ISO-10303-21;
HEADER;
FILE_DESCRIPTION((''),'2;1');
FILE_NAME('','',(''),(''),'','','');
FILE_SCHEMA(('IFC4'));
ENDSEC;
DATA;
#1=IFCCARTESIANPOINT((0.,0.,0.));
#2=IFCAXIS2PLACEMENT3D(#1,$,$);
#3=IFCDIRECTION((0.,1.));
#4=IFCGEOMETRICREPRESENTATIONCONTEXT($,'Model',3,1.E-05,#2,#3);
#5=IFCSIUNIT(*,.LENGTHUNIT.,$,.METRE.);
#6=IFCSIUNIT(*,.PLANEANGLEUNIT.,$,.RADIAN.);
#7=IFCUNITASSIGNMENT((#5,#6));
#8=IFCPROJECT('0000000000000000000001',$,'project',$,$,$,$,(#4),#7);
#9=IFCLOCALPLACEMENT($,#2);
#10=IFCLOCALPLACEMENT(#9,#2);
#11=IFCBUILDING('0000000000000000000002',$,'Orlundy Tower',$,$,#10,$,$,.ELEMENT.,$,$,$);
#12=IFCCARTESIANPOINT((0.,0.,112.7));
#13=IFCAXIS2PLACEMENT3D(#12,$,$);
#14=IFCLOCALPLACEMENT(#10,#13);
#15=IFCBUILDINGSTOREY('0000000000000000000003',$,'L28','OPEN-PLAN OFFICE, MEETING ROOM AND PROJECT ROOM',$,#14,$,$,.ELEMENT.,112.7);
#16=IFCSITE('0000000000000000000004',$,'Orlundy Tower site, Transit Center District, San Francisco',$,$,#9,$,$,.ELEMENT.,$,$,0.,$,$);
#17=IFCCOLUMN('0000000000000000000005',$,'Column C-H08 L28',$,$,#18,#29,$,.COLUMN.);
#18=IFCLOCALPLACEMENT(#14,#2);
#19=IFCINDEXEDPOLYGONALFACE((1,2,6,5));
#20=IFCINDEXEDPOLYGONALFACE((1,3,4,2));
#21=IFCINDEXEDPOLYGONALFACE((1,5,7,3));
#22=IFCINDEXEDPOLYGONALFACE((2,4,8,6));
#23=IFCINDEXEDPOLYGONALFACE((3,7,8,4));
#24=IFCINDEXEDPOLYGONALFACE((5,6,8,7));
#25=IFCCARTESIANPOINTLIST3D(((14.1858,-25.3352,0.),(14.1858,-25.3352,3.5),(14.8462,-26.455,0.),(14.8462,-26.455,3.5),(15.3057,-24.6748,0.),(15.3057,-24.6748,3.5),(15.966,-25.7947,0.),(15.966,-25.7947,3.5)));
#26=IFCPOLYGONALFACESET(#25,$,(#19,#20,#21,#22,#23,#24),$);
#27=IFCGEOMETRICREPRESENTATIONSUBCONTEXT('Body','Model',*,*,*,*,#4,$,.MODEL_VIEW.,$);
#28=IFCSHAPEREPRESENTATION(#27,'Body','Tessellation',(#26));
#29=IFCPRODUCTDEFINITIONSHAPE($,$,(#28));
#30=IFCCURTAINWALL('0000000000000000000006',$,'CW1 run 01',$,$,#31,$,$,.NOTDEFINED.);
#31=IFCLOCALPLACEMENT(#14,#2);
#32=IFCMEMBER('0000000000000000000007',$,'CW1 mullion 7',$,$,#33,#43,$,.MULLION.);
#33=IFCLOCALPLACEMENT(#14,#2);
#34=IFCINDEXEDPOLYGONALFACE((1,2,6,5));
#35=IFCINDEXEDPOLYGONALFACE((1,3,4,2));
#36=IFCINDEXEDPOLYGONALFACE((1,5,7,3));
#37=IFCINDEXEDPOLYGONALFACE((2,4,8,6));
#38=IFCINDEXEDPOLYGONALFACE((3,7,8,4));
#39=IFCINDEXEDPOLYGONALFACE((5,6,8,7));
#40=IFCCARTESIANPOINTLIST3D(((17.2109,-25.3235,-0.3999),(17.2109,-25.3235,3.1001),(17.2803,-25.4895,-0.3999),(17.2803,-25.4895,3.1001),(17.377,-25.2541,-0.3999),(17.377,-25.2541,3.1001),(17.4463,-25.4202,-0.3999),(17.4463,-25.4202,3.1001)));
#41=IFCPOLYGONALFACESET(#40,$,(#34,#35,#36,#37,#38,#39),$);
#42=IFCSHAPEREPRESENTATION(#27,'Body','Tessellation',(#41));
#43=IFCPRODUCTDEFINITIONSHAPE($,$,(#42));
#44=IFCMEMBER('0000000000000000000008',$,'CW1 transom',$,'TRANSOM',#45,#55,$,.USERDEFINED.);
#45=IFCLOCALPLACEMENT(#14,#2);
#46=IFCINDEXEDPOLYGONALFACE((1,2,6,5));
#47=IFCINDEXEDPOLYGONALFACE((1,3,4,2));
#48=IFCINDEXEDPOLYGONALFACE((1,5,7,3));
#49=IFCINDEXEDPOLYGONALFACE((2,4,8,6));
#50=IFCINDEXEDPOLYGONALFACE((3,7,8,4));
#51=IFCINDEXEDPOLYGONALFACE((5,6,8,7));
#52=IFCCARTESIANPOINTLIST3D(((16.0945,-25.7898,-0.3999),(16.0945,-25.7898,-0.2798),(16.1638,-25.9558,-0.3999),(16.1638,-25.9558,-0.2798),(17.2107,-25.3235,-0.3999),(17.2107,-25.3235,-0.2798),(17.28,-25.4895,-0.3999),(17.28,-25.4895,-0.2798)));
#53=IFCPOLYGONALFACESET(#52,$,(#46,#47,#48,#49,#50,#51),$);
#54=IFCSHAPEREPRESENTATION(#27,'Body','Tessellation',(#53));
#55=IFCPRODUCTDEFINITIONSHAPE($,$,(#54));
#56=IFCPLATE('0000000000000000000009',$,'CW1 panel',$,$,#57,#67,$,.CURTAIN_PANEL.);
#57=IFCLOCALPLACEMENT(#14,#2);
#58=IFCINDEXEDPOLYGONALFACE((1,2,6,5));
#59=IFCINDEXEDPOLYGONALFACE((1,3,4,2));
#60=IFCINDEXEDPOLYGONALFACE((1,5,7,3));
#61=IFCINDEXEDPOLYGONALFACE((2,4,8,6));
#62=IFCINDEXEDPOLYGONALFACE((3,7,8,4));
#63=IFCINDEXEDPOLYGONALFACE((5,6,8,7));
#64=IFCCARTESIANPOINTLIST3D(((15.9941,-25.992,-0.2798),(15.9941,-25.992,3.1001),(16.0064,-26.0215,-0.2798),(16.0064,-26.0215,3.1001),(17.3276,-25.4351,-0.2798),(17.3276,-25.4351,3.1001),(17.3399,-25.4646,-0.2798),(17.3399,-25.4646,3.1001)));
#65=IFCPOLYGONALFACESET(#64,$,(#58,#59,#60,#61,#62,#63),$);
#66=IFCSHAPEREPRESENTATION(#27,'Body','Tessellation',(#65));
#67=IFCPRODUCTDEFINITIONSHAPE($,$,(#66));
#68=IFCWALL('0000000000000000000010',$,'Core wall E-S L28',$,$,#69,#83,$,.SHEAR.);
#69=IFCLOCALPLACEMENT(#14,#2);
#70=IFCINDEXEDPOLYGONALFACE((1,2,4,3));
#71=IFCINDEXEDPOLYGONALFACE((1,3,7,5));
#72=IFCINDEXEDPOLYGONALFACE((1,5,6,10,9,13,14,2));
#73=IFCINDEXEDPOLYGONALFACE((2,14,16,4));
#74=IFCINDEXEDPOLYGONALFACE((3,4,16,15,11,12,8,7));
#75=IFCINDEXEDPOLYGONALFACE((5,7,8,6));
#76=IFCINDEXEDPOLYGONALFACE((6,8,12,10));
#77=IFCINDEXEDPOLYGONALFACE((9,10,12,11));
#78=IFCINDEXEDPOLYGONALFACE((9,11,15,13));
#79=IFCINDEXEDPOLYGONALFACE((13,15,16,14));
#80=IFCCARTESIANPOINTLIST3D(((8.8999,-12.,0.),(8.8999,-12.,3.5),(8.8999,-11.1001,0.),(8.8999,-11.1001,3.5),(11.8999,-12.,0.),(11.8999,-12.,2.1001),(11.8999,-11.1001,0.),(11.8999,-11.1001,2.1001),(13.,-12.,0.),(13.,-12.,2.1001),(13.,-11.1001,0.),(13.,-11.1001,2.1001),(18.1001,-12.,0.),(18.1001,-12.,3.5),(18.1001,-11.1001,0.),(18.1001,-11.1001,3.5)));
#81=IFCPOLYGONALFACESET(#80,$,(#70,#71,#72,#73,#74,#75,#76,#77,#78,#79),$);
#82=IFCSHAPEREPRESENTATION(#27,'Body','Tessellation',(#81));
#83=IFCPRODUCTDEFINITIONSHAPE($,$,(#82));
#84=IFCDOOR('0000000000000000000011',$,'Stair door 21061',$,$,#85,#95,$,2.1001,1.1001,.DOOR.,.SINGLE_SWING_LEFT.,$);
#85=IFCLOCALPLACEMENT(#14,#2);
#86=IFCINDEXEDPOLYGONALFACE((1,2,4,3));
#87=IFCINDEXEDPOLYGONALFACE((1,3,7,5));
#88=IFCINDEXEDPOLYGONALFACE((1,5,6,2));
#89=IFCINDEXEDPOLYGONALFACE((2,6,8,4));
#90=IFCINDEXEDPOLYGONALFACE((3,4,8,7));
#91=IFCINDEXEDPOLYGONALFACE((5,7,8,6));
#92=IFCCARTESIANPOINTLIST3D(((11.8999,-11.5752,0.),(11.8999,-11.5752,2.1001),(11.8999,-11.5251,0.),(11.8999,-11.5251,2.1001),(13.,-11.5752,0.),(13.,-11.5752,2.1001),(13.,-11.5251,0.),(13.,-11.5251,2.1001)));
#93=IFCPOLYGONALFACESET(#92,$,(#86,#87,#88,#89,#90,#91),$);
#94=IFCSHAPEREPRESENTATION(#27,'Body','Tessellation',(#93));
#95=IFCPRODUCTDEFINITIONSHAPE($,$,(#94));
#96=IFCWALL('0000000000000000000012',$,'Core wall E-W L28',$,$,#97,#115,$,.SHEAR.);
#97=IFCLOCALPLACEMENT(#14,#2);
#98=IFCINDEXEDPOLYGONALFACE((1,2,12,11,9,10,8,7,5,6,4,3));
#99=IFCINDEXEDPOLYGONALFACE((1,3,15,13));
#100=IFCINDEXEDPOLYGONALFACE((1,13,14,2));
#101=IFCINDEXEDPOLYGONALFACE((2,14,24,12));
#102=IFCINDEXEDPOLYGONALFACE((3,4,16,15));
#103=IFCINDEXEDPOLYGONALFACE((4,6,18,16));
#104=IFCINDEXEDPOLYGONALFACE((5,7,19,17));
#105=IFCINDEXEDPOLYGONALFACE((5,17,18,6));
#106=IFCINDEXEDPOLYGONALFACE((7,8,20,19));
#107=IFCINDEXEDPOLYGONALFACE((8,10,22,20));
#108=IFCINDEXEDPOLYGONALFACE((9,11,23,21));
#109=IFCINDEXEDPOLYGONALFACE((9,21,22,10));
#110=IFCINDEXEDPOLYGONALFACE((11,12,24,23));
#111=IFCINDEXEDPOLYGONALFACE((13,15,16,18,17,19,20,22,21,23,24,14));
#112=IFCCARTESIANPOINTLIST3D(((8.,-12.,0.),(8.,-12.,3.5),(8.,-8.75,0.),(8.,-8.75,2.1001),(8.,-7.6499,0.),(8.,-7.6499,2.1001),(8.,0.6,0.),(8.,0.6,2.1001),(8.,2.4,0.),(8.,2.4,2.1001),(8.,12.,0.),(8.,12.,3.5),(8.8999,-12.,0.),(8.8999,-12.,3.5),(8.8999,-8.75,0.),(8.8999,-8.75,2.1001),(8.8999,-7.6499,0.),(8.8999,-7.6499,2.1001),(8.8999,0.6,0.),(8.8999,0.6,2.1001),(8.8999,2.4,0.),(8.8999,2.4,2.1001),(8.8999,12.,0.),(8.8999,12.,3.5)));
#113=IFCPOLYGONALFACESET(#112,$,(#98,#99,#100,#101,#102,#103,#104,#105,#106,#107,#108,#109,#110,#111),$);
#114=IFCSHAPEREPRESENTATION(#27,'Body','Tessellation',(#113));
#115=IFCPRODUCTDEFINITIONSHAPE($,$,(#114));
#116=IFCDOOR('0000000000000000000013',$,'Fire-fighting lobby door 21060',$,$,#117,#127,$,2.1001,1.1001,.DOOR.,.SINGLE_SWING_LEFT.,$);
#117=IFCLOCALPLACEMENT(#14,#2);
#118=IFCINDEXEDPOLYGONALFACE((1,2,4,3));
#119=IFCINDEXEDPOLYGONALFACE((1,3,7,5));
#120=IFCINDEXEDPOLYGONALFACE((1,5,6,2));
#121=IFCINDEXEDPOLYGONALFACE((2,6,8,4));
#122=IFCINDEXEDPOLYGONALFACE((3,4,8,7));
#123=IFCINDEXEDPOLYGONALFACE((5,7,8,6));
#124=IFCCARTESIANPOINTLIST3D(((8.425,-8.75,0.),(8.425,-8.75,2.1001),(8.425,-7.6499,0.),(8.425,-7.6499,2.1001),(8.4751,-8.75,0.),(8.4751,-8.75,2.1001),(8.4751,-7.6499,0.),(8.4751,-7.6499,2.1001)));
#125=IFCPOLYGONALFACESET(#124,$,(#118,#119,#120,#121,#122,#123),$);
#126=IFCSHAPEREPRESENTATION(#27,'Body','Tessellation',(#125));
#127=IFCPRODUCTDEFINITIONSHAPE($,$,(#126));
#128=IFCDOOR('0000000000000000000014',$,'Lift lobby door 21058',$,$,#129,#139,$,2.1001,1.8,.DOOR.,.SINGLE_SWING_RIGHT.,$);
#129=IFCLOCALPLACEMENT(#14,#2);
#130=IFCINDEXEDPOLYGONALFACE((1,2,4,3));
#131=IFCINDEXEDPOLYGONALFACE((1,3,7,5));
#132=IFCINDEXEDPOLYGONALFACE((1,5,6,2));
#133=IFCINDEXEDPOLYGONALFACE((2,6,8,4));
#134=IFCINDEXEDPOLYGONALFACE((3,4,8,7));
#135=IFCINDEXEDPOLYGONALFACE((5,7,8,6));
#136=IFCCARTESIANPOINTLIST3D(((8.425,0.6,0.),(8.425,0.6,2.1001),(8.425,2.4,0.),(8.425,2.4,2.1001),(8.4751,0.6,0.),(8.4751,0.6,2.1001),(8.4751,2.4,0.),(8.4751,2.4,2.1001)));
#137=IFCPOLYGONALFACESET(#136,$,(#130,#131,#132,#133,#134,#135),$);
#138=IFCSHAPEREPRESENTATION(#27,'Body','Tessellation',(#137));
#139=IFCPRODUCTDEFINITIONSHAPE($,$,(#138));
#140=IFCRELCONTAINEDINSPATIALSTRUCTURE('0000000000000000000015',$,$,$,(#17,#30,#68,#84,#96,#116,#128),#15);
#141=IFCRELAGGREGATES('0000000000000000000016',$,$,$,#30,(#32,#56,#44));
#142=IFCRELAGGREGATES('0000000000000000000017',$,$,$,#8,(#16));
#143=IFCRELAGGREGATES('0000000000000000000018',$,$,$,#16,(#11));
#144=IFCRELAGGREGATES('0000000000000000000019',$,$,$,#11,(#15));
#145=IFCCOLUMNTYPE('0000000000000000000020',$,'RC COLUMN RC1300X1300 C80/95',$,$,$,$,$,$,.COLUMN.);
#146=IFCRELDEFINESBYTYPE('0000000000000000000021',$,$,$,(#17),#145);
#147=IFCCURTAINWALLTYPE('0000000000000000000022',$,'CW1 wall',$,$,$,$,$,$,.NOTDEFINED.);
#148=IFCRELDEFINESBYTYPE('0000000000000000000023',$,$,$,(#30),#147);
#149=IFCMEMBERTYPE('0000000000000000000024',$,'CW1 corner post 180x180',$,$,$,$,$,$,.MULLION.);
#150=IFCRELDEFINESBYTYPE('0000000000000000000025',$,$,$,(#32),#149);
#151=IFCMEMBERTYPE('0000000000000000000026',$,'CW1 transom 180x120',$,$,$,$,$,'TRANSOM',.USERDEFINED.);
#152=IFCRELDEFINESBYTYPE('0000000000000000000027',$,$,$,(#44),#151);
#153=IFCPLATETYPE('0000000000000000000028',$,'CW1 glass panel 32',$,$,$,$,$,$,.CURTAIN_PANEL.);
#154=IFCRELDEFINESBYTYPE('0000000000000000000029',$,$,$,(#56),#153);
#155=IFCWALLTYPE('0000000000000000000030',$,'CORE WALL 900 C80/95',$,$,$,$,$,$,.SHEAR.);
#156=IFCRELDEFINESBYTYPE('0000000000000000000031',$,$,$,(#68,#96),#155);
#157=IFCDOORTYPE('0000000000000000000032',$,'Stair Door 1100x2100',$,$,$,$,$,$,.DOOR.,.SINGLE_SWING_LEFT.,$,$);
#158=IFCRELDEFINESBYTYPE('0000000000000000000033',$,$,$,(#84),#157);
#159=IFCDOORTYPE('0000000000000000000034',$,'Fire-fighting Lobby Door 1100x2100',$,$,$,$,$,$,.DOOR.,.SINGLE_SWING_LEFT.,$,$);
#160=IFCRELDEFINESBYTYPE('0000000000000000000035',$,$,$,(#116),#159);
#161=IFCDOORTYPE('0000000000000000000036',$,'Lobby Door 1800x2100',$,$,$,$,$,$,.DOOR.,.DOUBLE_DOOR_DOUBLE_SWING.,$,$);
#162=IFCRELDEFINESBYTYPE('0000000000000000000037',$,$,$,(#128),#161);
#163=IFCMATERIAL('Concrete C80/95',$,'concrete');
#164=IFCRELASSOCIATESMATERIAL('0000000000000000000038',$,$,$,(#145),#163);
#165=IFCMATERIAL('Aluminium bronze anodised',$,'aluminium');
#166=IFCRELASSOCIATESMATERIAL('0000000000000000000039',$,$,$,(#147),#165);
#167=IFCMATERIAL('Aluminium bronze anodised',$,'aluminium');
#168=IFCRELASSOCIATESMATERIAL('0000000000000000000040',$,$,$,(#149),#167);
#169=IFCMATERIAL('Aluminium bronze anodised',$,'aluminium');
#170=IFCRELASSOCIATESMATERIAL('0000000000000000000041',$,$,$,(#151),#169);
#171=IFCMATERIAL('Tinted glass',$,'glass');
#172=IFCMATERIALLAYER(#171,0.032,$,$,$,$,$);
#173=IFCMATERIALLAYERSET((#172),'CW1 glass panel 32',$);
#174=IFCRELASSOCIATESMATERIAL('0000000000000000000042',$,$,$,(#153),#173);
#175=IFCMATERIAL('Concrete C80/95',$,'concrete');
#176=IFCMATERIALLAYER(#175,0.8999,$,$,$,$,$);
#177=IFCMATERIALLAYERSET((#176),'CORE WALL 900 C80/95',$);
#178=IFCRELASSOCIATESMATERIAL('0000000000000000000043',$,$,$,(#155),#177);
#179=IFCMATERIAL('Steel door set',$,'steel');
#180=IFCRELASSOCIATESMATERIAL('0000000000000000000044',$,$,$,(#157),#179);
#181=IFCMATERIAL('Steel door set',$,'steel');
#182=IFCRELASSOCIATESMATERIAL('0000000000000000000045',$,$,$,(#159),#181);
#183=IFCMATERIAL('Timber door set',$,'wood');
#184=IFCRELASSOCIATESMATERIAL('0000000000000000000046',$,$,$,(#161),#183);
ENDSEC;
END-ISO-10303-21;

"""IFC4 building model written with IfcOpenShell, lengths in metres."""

from ifc_helpers import new_model, si_unit, direction, frame, frame_2d, origin, origin_2d, place, context, subcontext, project, spatial, rectangle, extrude, material, layer, layer_set, material_profile, profile_set, type_object, element, fill, aggregate, save


model = new_model("IFC4")

# Units and contexts
model_context = context("Model", 3, precision=1e-05, world=origin(), true_north=direction((0.0, 1.0)))
body_context = subcontext(model_context, "Body", "Model", "MODEL_VIEW")
ifc_project = project(units=[si_unit("LENGTHUNIT", "METRE"), si_unit("PLANEANGLEUNIT", "RADIAN")], contexts=[model_context])

# Site, building, storey
site_placement = place(None, origin())
site = spatial("IfcSite", under=ifc_project, at=site_placement, Name="Orlundy Tower site, Transit Center District, San Francisco", CompositionType="ELEMENT", RefElevation=0.0)
building_placement = place(site_placement, origin())
building = spatial("IfcBuilding", under=site, at=building_placement, Name="Orlundy Tower", CompositionType="ELEMENT")
storey_placement = place(building_placement, frame((0.0, 0.0, 112.7)))
storey = spatial("IfcBuildingStorey", under=building, at=storey_placement, Name="L28", Description="OPEN-PLAN OFFICE, MEETING ROOM AND PROJECT ROOM", CompositionType="ELEMENT", Elevation=112.7)

# Column
ifc_material_1 = material(Name="Concrete C80/95", Category="concrete")
ifc_material_profile_1 = material_profile(ifc_material_1, rectangle(XDim=1.3, YDim=1.3, at=origin_2d()), Name="RC1300X1300")
ifc_profile_set_1 = profile_set([ifc_material_profile_1], Name="Concrete C80/95")
column_type = type_object("IfcColumnType", Name="RC COLUMN RC1300X1300 C80/95", PredefinedType="COLUMN", material=ifc_profile_set_1)
column_placement = place(storey_placement, frame((15.0759, -25.5649, 0.0), z_axis=(0.0, 0.0, 1.0), x_axis=(0.507959, -0.861381, 0.0)))
element("IfcColumn", 1, at=column_placement, inside=storey, type_object=column_type, Name="Column C-H08 L28", PredefinedType="COLUMN", context=body_context, shape_type="SweptSolid", body=[
    extrude(rectangle(XDim=1.3, YDim=1.3, at=origin_2d()), origin(), (0.0, 0.0, 1.0), 3.5),
])

# Curtain wall, members, plate
ifc_material_2 = material(Name="Aluminium bronze anodised", Category="aluminium")
curtain_wall_type = type_object("IfcCurtainWallType", Name="CW1 wall", PredefinedType="NOTDEFINED", material=ifc_material_2)
curtain_wall_placement = place(storey_placement, origin())
curtain_wall = element("IfcCurtainWall", 2, at=curtain_wall_placement, inside=storey, type_object=curtain_wall_type, Name="CW1 run 01", PredefinedType="NOTDEFINED")
ifc_material_3 = material(Name="Aluminium bronze anodised", Category="aluminium")
ifc_material_profile_2 = material_profile(ifc_material_3, rectangle(XDim=0.1799, YDim=0.1799, at=origin_2d()), Name="CW1 corner post 180x180")
ifc_profile_set_2 = profile_set([ifc_material_profile_2], Name="Aluminium bronze anodised")
member_type_1 = type_object("IfcMemberType", Name="CW1 corner post 180x180", PredefinedType="MULLION", material=ifc_profile_set_2)
member_1_placement = place(storey_placement, frame((17.3286, -25.3718, -0.3999), z_axis=(0.0, 0.0, 1.0), x_axis=(0.385377, -0.922759, 0.0)))
member_1 = element("IfcMember", 3, at=member_1_placement, type_object=member_type_1, Name="CW1 mullion 7", PredefinedType="MULLION", context=body_context, shape_type="SweptSolid", body=[
    extrude(rectangle(XDim=0.1799, YDim=0.1799, at=origin_2d()), origin(), (0.0, 0.0, 1.0), 3.5),
])
ifc_material_4 = material(Name="Aluminium bronze anodised", Category="aluminium")
ifc_material_profile_3 = material_profile(ifc_material_4, rectangle(XDim=0.1799, YDim=0.1201, at=origin_2d()), Name="CW1 transom 180x120")
ifc_profile_set_3 = profile_set([ifc_material_profile_3], Name="Aluminium bronze anodised")
member_type_2 = type_object("IfcMemberType", Name="CW1 transom 180x120", ElementType="TRANSOM", PredefinedType="USERDEFINED", material=ifc_profile_set_3)
member_2_placement = place(storey_placement, frame((17.2454, -25.4065, -0.3398), z_axis=(-0.922718, -0.385475, 0.0), x_axis=(0.385475, -0.922718, 0.0)))
member_2 = element("IfcMember", 4, at=member_2_placement, type_object=member_type_2, Name="CW1 transom", ObjectType="TRANSOM", PredefinedType="USERDEFINED", context=body_context, shape_type="SweptSolid", body=[
    extrude(rectangle(XDim=0.1799, YDim=0.1201, at=origin_2d()), origin(), (0.0, 0.0, 1.0), 1.2097),
])
ifc_material_5 = material(Name="Tinted glass", Category="glass")
ifc_layer_1 = layer(ifc_material_5, 0.032)
ifc_layer_set_1 = layer_set([ifc_layer_1], Name="CW1 glass panel 32")
plate_type = type_object("IfcPlateType", Name="CW1 glass panel 32", PredefinedType="CURTAIN_PANEL", material=ifc_layer_set_1)
plate_placement = place(storey_placement, frame((16.667, -25.7283, -0.2798), z_axis=(0.0, 0.0, 1.0), x_axis=(-0.922759, -0.385377, 0.0)))
plate = element("IfcPlate", 5, at=plate_placement, type_object=plate_type, Name="CW1 panel", PredefinedType="CURTAIN_PANEL", context=body_context, shape_type="SweptSolid", body=[
    extrude(rectangle(XDim=1.4451, YDim=0.032, at=origin_2d()), origin(), (0.0, 0.0, 1.0), 3.3799),
])
aggregate(curtain_wall, [member_1, plate, member_2])

# Wall, opening, door
ifc_material_6 = material(Name="Concrete C80/95", Category="concrete")
ifc_layer_2 = layer(ifc_material_6, 0.8999)
ifc_layer_set_2 = layer_set([ifc_layer_2], Name="CORE WALL 900 C80/95")
wall_type_1 = type_object("IfcWallType", Name="CORE WALL 900 C80/95", PredefinedType="SHEAR", material=ifc_layer_set_2)
wall_1_placement = place(storey_placement, frame((8.8999, -11.55, 0.0), z_axis=(0.0, 0.0, 1.0), x_axis=(1.0, 0.0, 0.0)))
wall_1 = element("IfcWall", 6, at=wall_1_placement, inside=storey, type_object=wall_type_1, Name="Core wall E-S L28", PredefinedType="SHEAR", context=body_context, shape_type="SweptSolid", body=[
    extrude(rectangle(XDim=9.2002, YDim=0.8999, at=frame_2d((4.6001, 0.0))), origin(), (0.0, 0.0, 1.0), 3.5),
])
opening_1_placement = place(wall_1_placement, frame((3.0, 0.0, 0.0)))
opening_1 = element("IfcOpeningElement", 7, at=opening_1_placement, cuts=wall_1, PredefinedType="OPENING", context=body_context, shape_type="SweptSolid", body=[
    extrude(rectangle(XDim=1.1001, YDim=2.1001, at=frame_2d((0.55, 1.05))), frame((0.0, 0.46, 0.0), z_axis=(0.0, -1.0, 0.0), x_axis=(1.0, 0.0, 0.0)), (0.0, 0.0, 1.0), 0.9199),
])
ifc_material_7 = material(Name="Steel door set", Category="steel")
door_type_1 = type_object("IfcDoorType", Name="Stair Door 1100x2100", OperationType="SINGLE_SWING_LEFT", PredefinedType="DOOR", material=ifc_material_7)
door_1_placement = place(opening_1_placement, origin())
door_1 = element("IfcDoor", 8, at=door_1_placement, inside=storey, type_object=door_type_1, Name="Stair door 21061", OperationType="SINGLE_SWING_LEFT", OverallHeight=2.1001, OverallWidth=1.1001, PredefinedType="DOOR", context=body_context, shape_type="SweptSolid", body=[
    extrude(rectangle(XDim=1.1001, YDim=2.1001, at=frame_2d((0.55, 1.05))), frame((0.0, 0.0249, 0.0), z_axis=(0.0, -1.0, 0.0), x_axis=(1.0, 0.0, 0.0)), (0.0, 0.0, 1.0), 0.05),
])
fill(opening_1, door_1)

# Wall, openings, doors
wall_2_placement = place(storey_placement, frame((8.45, -12.0, 0.0), z_axis=(0.0, 0.0, 1.0), x_axis=(0.0, 1.0, 0.0)))
wall_2 = element("IfcWall", 9, at=wall_2_placement, inside=storey, type_object=wall_type_1, Name="Core wall E-W L28", PredefinedType="SHEAR", context=body_context, shape_type="SweptSolid", body=[
    extrude(rectangle(XDim=24.0, YDim=0.8999, at=frame_2d((12.0, 0.0))), origin(), (0.0, 0.0, 1.0), 3.5),
])
opening_2_placement = place(wall_2_placement, frame((12.6001, 0.0, 0.0)))
opening_2 = element("IfcOpeningElement", 10, at=opening_2_placement, cuts=wall_2, PredefinedType="OPENING", context=body_context, shape_type="SweptSolid", body=[
    extrude(rectangle(XDim=1.8, YDim=2.1001, at=frame_2d((0.8999, 1.05))), frame((0.0, 0.46, 0.0), z_axis=(0.0, -1.0, 0.0), x_axis=(1.0, 0.0, 0.0)), (0.0, 0.0, 1.0), 0.9199),
])
opening_3_placement = place(wall_2_placement, frame((3.25, 0.0, 0.0)))
opening_3 = element("IfcOpeningElement", 11, at=opening_3_placement, cuts=wall_2, PredefinedType="OPENING", context=body_context, shape_type="SweptSolid", body=[
    extrude(rectangle(XDim=1.1001, YDim=2.1001, at=frame_2d((0.55, 1.05))), frame((0.0, 0.46, 0.0), z_axis=(0.0, -1.0, 0.0), x_axis=(1.0, 0.0, 0.0)), (0.0, 0.0, 1.0), 0.9199),
])
ifc_material_8 = material(Name="Steel door set", Category="steel")
door_type_2 = type_object("IfcDoorType", Name="Fire-fighting Lobby Door 1100x2100", OperationType="SINGLE_SWING_LEFT", PredefinedType="DOOR", material=ifc_material_8)
door_2_placement = place(opening_3_placement, origin())
door_2 = element("IfcDoor", 12, at=door_2_placement, inside=storey, type_object=door_type_2, Name="Fire-fighting lobby door 21060", OperationType="SINGLE_SWING_LEFT", OverallHeight=2.1001, OverallWidth=1.1001, PredefinedType="DOOR", context=body_context, shape_type="SweptSolid", body=[
    extrude(rectangle(XDim=1.1001, YDim=2.1001, at=frame_2d((0.55, 1.05))), frame((0.0, 0.0249, 0.0), z_axis=(0.0, -1.0, 0.0), x_axis=(1.0, 0.0, 0.0)), (0.0, 0.0, 1.0), 0.05),
])
fill(opening_3, door_2)
ifc_material_9 = material(Name="Timber door set", Category="wood")
door_type_3 = type_object("IfcDoorType", Name="Lobby Door 1800x2100", OperationType="DOUBLE_DOOR_DOUBLE_SWING", PredefinedType="DOOR", material=ifc_material_9)
door_3_placement = place(opening_2_placement, origin())
door_3 = element("IfcDoor", 13, at=door_3_placement, inside=storey, type_object=door_type_3, Name="Lift lobby door 21058", OperationType="SINGLE_SWING_RIGHT", OverallHeight=2.1001, OverallWidth=1.8, PredefinedType="DOOR", context=body_context, shape_type="SweptSolid", body=[
    extrude(rectangle(XDim=1.8, YDim=2.1001, at=frame_2d((0.8999, 1.05))), frame((0.0, 0.0249, 0.0), z_axis=(0.0, -1.0, 0.0), x_axis=(1.0, 0.0, 0.0)), (0.0, 0.0, 1.0), 0.05),
])
fill(opening_2, door_3)

save(model, "model.ifc")
